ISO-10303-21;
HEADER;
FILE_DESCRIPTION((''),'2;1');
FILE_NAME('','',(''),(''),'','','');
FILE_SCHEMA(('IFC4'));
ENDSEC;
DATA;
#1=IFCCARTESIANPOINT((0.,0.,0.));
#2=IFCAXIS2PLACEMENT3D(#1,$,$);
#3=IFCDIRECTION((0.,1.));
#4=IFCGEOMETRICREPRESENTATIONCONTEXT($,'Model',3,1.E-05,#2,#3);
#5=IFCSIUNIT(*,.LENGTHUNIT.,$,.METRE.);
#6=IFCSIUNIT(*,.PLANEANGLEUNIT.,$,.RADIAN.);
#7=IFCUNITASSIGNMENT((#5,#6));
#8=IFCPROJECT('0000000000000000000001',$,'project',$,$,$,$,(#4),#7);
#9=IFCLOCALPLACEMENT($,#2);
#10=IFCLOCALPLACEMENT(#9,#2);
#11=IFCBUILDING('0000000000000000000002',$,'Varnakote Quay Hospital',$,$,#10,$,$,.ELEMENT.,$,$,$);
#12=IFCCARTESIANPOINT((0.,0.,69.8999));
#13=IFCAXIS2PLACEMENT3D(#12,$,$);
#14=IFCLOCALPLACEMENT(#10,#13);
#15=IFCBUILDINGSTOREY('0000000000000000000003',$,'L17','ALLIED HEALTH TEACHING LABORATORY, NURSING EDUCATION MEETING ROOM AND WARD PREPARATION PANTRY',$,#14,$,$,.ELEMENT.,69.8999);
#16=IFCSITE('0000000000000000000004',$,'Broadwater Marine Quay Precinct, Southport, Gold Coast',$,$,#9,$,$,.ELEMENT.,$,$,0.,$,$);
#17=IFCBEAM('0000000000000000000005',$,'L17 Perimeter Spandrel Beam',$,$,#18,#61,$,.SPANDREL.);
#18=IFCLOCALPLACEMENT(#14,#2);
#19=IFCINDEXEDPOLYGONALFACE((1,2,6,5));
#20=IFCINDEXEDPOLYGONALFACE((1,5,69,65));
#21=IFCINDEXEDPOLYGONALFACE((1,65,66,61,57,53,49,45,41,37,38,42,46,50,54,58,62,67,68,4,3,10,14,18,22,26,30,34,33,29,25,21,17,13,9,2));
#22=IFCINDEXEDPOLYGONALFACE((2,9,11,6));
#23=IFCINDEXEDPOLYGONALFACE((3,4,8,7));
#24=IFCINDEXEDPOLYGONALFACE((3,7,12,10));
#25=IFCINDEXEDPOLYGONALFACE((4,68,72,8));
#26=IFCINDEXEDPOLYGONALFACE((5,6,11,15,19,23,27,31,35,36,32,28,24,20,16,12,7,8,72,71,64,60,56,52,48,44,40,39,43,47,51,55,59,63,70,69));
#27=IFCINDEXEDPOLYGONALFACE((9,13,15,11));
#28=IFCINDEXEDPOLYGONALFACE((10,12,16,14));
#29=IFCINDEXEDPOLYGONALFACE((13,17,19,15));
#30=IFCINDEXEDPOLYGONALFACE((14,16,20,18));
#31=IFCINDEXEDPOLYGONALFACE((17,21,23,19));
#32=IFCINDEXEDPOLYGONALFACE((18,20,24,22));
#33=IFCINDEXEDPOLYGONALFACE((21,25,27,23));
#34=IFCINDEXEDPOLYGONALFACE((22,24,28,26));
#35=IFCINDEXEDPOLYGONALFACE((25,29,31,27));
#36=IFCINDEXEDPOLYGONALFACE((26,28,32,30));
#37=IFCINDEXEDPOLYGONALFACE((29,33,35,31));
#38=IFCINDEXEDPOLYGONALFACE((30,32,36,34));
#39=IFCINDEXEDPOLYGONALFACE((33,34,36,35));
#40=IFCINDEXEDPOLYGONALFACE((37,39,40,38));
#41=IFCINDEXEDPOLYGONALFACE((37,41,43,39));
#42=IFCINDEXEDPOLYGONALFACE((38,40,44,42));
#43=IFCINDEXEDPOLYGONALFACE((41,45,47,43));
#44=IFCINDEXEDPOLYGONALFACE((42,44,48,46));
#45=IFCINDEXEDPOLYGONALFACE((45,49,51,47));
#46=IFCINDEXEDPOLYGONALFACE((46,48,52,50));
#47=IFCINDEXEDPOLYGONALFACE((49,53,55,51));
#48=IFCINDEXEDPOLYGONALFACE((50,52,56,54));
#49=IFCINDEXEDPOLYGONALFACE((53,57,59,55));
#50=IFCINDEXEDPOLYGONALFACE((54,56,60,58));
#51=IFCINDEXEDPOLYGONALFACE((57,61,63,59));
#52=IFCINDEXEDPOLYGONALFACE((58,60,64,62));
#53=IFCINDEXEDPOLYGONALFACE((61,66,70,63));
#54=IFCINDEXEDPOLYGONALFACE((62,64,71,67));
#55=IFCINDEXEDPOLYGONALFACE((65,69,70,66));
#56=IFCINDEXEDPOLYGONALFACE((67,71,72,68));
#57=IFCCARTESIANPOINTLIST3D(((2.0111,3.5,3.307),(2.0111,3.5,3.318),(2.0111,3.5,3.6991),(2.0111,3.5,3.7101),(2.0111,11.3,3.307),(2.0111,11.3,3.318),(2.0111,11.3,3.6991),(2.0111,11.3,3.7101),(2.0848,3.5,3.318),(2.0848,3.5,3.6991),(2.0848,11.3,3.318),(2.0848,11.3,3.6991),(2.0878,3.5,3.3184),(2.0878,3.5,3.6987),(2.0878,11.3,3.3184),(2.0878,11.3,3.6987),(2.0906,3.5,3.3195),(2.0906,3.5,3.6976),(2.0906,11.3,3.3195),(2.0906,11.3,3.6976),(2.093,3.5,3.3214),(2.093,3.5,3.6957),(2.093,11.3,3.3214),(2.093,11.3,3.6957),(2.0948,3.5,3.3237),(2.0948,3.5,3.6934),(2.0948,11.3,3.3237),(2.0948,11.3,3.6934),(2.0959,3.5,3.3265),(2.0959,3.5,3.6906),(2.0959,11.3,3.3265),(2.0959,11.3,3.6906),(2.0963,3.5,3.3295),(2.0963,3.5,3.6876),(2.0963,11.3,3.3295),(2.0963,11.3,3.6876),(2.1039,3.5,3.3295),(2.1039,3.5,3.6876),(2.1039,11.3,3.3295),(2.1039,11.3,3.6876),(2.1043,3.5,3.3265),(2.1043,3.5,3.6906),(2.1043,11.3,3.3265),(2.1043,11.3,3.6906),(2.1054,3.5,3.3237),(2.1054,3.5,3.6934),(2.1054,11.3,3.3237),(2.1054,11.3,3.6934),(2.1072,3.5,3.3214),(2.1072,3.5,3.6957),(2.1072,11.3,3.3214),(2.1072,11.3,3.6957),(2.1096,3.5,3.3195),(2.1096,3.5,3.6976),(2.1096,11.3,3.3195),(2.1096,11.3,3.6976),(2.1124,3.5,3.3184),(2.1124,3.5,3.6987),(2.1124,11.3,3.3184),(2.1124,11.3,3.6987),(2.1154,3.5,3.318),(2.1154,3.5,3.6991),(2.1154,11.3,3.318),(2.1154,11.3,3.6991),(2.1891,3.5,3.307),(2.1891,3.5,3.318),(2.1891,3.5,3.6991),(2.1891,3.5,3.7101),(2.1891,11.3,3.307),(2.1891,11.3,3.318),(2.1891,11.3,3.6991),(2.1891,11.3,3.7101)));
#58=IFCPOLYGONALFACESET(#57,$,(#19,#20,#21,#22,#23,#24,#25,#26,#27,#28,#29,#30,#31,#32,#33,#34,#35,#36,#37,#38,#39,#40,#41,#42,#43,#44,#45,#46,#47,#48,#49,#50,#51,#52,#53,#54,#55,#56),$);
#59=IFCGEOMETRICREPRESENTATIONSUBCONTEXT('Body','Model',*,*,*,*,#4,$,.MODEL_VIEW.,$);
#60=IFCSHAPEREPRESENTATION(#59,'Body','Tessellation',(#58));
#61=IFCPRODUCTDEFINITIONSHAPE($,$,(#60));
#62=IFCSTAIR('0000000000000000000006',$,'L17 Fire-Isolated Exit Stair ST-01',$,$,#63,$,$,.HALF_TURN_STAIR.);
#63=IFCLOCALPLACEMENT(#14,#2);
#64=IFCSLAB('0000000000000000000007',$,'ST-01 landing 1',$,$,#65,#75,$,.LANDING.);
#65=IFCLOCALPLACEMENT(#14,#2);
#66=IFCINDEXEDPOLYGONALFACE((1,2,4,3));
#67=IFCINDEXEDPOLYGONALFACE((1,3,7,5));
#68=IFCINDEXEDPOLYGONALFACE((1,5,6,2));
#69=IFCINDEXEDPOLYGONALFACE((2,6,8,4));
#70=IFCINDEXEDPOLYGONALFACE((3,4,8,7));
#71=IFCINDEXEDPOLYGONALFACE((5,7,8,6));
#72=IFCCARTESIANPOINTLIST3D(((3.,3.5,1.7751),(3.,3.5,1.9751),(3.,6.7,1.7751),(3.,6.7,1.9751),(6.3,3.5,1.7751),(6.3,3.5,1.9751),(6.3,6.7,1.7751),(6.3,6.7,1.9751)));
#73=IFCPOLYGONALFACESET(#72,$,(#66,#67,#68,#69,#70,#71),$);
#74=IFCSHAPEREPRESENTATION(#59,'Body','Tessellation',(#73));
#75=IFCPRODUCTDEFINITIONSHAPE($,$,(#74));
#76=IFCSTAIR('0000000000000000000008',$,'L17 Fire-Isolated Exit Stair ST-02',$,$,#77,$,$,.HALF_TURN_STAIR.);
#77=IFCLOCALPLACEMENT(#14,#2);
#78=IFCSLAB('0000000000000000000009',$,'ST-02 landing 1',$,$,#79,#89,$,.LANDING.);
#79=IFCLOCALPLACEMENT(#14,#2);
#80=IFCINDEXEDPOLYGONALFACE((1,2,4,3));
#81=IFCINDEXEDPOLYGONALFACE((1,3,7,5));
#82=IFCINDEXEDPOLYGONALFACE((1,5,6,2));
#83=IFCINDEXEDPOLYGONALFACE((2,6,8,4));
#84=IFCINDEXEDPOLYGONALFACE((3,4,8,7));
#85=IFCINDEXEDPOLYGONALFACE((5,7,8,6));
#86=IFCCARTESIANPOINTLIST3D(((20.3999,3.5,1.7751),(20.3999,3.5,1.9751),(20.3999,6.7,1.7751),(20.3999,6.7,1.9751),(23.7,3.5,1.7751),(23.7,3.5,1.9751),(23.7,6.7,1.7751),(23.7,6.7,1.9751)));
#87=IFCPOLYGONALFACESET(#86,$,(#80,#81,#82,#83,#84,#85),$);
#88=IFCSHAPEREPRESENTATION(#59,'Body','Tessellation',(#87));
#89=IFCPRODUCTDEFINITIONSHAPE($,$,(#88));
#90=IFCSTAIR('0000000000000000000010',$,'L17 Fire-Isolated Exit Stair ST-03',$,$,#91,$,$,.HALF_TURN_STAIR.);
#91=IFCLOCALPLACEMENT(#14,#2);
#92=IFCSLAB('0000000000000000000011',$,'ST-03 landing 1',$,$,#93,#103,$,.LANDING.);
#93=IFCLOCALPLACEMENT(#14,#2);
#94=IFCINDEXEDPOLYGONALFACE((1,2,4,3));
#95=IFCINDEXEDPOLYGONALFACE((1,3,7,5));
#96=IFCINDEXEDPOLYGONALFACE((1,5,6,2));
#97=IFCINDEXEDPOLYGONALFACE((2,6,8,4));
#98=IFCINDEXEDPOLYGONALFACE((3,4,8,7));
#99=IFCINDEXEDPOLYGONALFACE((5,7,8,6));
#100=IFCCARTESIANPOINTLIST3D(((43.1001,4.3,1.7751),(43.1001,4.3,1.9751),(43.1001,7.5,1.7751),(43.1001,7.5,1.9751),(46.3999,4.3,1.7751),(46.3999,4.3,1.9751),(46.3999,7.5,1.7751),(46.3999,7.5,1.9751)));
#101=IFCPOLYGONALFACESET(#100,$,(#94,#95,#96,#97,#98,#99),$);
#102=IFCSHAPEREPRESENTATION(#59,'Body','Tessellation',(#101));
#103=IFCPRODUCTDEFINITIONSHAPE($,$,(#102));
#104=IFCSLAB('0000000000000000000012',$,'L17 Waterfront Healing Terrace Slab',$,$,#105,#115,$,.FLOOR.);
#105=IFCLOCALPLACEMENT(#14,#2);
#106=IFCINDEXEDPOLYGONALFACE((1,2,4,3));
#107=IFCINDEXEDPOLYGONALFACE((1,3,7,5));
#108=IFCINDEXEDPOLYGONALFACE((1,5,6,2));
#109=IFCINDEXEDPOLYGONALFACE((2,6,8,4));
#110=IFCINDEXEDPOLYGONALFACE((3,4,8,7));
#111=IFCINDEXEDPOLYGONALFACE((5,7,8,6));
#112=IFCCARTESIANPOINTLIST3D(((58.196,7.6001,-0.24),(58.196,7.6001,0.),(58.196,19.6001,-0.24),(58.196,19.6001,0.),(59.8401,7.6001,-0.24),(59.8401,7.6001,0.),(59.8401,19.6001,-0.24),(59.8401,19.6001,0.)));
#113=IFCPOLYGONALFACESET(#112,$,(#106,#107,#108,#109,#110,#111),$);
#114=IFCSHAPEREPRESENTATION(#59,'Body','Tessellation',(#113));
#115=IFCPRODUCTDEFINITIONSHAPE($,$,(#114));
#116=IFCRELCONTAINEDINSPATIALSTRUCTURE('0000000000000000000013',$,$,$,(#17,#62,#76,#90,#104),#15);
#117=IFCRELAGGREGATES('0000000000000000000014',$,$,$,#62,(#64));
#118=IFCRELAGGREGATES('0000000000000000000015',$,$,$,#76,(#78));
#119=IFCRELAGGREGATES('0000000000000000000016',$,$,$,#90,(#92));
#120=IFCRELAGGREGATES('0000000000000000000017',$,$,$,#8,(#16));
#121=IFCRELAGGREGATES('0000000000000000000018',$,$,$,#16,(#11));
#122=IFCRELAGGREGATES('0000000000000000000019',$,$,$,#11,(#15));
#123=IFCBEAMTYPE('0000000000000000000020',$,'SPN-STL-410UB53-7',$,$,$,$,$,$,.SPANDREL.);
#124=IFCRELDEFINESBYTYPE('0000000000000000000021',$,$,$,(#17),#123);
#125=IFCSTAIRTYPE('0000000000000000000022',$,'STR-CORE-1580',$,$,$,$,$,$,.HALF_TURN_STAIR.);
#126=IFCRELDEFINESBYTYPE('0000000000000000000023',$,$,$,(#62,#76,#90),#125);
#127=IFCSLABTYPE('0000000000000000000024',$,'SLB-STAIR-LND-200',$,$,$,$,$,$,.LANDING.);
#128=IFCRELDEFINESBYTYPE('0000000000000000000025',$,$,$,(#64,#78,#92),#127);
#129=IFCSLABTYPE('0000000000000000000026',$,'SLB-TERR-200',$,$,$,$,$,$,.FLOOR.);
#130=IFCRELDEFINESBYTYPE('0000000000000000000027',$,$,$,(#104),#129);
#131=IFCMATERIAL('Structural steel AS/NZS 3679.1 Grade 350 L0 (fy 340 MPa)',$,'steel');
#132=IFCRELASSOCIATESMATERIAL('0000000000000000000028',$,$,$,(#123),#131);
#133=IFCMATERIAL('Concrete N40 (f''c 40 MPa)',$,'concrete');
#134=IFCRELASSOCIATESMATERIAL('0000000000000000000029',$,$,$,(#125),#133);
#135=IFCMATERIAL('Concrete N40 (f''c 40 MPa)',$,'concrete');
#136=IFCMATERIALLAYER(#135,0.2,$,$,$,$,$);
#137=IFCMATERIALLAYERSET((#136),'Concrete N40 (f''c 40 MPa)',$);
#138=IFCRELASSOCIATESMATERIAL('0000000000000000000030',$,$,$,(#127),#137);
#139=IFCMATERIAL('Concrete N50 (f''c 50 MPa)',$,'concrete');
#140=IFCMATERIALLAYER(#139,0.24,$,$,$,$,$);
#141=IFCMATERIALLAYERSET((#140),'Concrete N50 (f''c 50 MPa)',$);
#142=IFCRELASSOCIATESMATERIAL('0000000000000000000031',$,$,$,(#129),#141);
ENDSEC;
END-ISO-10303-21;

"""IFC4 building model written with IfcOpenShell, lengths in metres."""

from ifc_helpers import new_model, si_unit, direction, frame, origin, origin_2d, place, context, subcontext, project, spatial, polyline, i_section, outline, extrude, material, layer, layer_set, material_profile, profile_set, type_object, element, aggregate, save


model = new_model("IFC4")

# Units and contexts
model_context = context("Model", 3, precision=1e-05, world=origin(), true_north=direction((0.0, 1.0)))
body_context = subcontext(model_context, "Body", "Model", "MODEL_VIEW")
ifc_project = project(units=[si_unit("LENGTHUNIT", "METRE"), si_unit("PLANEANGLEUNIT", "RADIAN")], contexts=[model_context])

# Site, building, storey
site_placement = place(None, origin())
site = spatial("IfcSite", under=ifc_project, at=site_placement, Name="Broadwater Marine Quay Precinct, Southport, Gold Coast", CompositionType="ELEMENT", RefElevation=0.0)
building_placement = place(site_placement, origin())
building = spatial("IfcBuilding", under=site, at=building_placement, Name="Varnakote Quay Hospital", CompositionType="ELEMENT")
storey_placement = place(building_placement, frame((0.0, 0.0, 69.8999)))
storey = spatial("IfcBuildingStorey", under=building, at=storey_placement, Name="L17", Description="ALLIED HEALTH TEACHING LABORATORY, NURSING EDUCATION MEETING ROOM AND WARD PREPARATION PANTRY", CompositionType="ELEMENT", Elevation=69.8999)

# Beam
ifc_material_1 = material(Name="Structural steel AS/NZS 3679.1 Grade 350 L0 (fy 340 MPa)", Category="steel")
ifc_material_profile_1 = material_profile(ifc_material_1, i_section(OverallWidth=0.178, OverallDepth=0.4031, WebThickness=0.0076, FlangeThickness=0.011, FilletRadius=0.0115, at=origin_2d()), Name="410UB53.7")
ifc_profile_set_1 = profile_set([ifc_material_profile_1], Name="Structural steel AS/NZS 3679.1 Grade 350 L0 (fy 340 MPa)")
beam_type_1 = type_object("IfcBeamType", Name="SPN-STL-410UB53-7", PredefinedType="SPANDREL", material=ifc_profile_set_1)
beam_1_placement = place(storey_placement, frame((2.1001, 3.5, 3.5085), z_axis=(0.0, 1.0, 0.0), x_axis=(-1.0, 0.0, 0.0)))
element("IfcBeam", 1, at=beam_1_placement, inside=storey, type_object=beam_type_1, Name="L17 Perimeter Spandrel Beam", PredefinedType="SPANDREL", context=body_context, shape_type="SweptSolid", body=[
    extrude(i_section(OverallWidth=0.178, OverallDepth=0.4031, WebThickness=0.0076, FlangeThickness=0.011, FilletRadius=0.0115, at=origin_2d()), origin(), (0.0, 0.0, 1.0), 7.8),
])

# Stairs, slabs
ifc_material_2 = material(Name="Concrete N40 (f'c 40 MPa)", Category="concrete")
stair_type = type_object("IfcStairType", Name="STR-CORE-1580", PredefinedType="HALF_TURN_STAIR", material=ifc_material_2)
stair_1_placement = place(storey_placement, origin())
stair_1 = element("IfcStair", 2, at=stair_1_placement, inside=storey, type_object=stair_type, Name="L17 Fire-Isolated Exit Stair ST-01", PredefinedType="HALF_TURN_STAIR")
ifc_material_3 = material(Name="Concrete N40 (f'c 40 MPa)", Category="concrete")
ifc_layer_1 = layer(ifc_material_3, 0.2)
ifc_layer_set_1 = layer_set([ifc_layer_1], Name="Concrete N40 (f'c 40 MPa)")
slab_type_1 = type_object("IfcSlabType", Name="SLB-STAIR-LND-200", PredefinedType="LANDING", material=ifc_layer_set_1)
slab_1_placement = place(storey_placement, frame((0.0, 0.0, 1.7751)))
slab_1 = element("IfcSlab", 3, at=slab_1_placement, type_object=slab_type_1, Name="ST-01 landing 1", PredefinedType="LANDING", context=body_context, shape_type="SweptSolid", body=[
    extrude(outline(polyline([(3.0, 6.7), (3.0, 3.5), (6.3, 3.5), (6.3, 6.7), (3.0, 6.7)])), origin(), (0.0, 0.0, 1.0), 0.2),
])
aggregate(stair_1, [slab_1])
stair_2_placement = place(storey_placement, origin())
stair_2 = element("IfcStair", 4, at=stair_2_placement, inside=storey, type_object=stair_type, Name="L17 Fire-Isolated Exit Stair ST-02", PredefinedType="HALF_TURN_STAIR")
slab_2_placement = place(storey_placement, frame((0.0, 0.0, 1.7751)))
slab_2 = element("IfcSlab", 5, at=slab_2_placement, type_object=slab_type_1, Name="ST-02 landing 1", PredefinedType="LANDING", context=body_context, shape_type="SweptSolid", body=[
    extrude(outline(polyline([(20.3999, 6.7), (20.3999, 3.5), (23.7, 3.5), (23.7, 6.7), (20.3999, 6.7)])), origin(), (0.0, 0.0, 1.0), 0.2),
])
aggregate(stair_2, [slab_2])
stair_3_placement = place(storey_placement, origin())
stair_3 = element("IfcStair", 6, at=stair_3_placement, inside=storey, type_object=stair_type, Name="L17 Fire-Isolated Exit Stair ST-03", PredefinedType="HALF_TURN_STAIR")
slab_3_placement = place(storey_placement, frame((0.0, 0.0, 1.7751)))
slab_3 = element("IfcSlab", 7, at=slab_3_placement, type_object=slab_type_1, Name="ST-03 landing 1", PredefinedType="LANDING", context=body_context, shape_type="SweptSolid", body=[
    extrude(outline(polyline([(43.1001, 7.5), (43.1001, 4.3), (46.3999, 4.3), (46.3999, 7.5), (43.1001, 7.5)])), origin(), (0.0, 0.0, 1.0), 0.2),
])
aggregate(stair_3, [slab_3])

# Slab
ifc_material_4 = material(Name="Concrete N50 (f'c 50 MPa)", Category="concrete")
ifc_layer_2 = layer(ifc_material_4, 0.24)
ifc_layer_set_2 = layer_set([ifc_layer_2], Name="Concrete N50 (f'c 50 MPa)")
slab_type_2 = type_object("IfcSlabType", Name="SLB-TERR-200", PredefinedType="FLOOR", material=ifc_layer_set_2)
slab_4_placement = place(storey_placement, frame((0.0, 0.0, -0.24)))
element("IfcSlab", 8, at=slab_4_placement, inside=storey, type_object=slab_type_2, Name="L17 Waterfront Healing Terrace Slab", PredefinedType="FLOOR", context=body_context, shape_type="SweptSolid", body=[
    extrude(outline(polyline([(58.196, 19.6001), (58.196, 7.6001), (59.8401, 7.6001), (59.8401, 19.6001), (58.196, 19.6001)])), origin(), (0.0, 0.0, 1.0), 0.24),
])

save(model, "model.ifc")
